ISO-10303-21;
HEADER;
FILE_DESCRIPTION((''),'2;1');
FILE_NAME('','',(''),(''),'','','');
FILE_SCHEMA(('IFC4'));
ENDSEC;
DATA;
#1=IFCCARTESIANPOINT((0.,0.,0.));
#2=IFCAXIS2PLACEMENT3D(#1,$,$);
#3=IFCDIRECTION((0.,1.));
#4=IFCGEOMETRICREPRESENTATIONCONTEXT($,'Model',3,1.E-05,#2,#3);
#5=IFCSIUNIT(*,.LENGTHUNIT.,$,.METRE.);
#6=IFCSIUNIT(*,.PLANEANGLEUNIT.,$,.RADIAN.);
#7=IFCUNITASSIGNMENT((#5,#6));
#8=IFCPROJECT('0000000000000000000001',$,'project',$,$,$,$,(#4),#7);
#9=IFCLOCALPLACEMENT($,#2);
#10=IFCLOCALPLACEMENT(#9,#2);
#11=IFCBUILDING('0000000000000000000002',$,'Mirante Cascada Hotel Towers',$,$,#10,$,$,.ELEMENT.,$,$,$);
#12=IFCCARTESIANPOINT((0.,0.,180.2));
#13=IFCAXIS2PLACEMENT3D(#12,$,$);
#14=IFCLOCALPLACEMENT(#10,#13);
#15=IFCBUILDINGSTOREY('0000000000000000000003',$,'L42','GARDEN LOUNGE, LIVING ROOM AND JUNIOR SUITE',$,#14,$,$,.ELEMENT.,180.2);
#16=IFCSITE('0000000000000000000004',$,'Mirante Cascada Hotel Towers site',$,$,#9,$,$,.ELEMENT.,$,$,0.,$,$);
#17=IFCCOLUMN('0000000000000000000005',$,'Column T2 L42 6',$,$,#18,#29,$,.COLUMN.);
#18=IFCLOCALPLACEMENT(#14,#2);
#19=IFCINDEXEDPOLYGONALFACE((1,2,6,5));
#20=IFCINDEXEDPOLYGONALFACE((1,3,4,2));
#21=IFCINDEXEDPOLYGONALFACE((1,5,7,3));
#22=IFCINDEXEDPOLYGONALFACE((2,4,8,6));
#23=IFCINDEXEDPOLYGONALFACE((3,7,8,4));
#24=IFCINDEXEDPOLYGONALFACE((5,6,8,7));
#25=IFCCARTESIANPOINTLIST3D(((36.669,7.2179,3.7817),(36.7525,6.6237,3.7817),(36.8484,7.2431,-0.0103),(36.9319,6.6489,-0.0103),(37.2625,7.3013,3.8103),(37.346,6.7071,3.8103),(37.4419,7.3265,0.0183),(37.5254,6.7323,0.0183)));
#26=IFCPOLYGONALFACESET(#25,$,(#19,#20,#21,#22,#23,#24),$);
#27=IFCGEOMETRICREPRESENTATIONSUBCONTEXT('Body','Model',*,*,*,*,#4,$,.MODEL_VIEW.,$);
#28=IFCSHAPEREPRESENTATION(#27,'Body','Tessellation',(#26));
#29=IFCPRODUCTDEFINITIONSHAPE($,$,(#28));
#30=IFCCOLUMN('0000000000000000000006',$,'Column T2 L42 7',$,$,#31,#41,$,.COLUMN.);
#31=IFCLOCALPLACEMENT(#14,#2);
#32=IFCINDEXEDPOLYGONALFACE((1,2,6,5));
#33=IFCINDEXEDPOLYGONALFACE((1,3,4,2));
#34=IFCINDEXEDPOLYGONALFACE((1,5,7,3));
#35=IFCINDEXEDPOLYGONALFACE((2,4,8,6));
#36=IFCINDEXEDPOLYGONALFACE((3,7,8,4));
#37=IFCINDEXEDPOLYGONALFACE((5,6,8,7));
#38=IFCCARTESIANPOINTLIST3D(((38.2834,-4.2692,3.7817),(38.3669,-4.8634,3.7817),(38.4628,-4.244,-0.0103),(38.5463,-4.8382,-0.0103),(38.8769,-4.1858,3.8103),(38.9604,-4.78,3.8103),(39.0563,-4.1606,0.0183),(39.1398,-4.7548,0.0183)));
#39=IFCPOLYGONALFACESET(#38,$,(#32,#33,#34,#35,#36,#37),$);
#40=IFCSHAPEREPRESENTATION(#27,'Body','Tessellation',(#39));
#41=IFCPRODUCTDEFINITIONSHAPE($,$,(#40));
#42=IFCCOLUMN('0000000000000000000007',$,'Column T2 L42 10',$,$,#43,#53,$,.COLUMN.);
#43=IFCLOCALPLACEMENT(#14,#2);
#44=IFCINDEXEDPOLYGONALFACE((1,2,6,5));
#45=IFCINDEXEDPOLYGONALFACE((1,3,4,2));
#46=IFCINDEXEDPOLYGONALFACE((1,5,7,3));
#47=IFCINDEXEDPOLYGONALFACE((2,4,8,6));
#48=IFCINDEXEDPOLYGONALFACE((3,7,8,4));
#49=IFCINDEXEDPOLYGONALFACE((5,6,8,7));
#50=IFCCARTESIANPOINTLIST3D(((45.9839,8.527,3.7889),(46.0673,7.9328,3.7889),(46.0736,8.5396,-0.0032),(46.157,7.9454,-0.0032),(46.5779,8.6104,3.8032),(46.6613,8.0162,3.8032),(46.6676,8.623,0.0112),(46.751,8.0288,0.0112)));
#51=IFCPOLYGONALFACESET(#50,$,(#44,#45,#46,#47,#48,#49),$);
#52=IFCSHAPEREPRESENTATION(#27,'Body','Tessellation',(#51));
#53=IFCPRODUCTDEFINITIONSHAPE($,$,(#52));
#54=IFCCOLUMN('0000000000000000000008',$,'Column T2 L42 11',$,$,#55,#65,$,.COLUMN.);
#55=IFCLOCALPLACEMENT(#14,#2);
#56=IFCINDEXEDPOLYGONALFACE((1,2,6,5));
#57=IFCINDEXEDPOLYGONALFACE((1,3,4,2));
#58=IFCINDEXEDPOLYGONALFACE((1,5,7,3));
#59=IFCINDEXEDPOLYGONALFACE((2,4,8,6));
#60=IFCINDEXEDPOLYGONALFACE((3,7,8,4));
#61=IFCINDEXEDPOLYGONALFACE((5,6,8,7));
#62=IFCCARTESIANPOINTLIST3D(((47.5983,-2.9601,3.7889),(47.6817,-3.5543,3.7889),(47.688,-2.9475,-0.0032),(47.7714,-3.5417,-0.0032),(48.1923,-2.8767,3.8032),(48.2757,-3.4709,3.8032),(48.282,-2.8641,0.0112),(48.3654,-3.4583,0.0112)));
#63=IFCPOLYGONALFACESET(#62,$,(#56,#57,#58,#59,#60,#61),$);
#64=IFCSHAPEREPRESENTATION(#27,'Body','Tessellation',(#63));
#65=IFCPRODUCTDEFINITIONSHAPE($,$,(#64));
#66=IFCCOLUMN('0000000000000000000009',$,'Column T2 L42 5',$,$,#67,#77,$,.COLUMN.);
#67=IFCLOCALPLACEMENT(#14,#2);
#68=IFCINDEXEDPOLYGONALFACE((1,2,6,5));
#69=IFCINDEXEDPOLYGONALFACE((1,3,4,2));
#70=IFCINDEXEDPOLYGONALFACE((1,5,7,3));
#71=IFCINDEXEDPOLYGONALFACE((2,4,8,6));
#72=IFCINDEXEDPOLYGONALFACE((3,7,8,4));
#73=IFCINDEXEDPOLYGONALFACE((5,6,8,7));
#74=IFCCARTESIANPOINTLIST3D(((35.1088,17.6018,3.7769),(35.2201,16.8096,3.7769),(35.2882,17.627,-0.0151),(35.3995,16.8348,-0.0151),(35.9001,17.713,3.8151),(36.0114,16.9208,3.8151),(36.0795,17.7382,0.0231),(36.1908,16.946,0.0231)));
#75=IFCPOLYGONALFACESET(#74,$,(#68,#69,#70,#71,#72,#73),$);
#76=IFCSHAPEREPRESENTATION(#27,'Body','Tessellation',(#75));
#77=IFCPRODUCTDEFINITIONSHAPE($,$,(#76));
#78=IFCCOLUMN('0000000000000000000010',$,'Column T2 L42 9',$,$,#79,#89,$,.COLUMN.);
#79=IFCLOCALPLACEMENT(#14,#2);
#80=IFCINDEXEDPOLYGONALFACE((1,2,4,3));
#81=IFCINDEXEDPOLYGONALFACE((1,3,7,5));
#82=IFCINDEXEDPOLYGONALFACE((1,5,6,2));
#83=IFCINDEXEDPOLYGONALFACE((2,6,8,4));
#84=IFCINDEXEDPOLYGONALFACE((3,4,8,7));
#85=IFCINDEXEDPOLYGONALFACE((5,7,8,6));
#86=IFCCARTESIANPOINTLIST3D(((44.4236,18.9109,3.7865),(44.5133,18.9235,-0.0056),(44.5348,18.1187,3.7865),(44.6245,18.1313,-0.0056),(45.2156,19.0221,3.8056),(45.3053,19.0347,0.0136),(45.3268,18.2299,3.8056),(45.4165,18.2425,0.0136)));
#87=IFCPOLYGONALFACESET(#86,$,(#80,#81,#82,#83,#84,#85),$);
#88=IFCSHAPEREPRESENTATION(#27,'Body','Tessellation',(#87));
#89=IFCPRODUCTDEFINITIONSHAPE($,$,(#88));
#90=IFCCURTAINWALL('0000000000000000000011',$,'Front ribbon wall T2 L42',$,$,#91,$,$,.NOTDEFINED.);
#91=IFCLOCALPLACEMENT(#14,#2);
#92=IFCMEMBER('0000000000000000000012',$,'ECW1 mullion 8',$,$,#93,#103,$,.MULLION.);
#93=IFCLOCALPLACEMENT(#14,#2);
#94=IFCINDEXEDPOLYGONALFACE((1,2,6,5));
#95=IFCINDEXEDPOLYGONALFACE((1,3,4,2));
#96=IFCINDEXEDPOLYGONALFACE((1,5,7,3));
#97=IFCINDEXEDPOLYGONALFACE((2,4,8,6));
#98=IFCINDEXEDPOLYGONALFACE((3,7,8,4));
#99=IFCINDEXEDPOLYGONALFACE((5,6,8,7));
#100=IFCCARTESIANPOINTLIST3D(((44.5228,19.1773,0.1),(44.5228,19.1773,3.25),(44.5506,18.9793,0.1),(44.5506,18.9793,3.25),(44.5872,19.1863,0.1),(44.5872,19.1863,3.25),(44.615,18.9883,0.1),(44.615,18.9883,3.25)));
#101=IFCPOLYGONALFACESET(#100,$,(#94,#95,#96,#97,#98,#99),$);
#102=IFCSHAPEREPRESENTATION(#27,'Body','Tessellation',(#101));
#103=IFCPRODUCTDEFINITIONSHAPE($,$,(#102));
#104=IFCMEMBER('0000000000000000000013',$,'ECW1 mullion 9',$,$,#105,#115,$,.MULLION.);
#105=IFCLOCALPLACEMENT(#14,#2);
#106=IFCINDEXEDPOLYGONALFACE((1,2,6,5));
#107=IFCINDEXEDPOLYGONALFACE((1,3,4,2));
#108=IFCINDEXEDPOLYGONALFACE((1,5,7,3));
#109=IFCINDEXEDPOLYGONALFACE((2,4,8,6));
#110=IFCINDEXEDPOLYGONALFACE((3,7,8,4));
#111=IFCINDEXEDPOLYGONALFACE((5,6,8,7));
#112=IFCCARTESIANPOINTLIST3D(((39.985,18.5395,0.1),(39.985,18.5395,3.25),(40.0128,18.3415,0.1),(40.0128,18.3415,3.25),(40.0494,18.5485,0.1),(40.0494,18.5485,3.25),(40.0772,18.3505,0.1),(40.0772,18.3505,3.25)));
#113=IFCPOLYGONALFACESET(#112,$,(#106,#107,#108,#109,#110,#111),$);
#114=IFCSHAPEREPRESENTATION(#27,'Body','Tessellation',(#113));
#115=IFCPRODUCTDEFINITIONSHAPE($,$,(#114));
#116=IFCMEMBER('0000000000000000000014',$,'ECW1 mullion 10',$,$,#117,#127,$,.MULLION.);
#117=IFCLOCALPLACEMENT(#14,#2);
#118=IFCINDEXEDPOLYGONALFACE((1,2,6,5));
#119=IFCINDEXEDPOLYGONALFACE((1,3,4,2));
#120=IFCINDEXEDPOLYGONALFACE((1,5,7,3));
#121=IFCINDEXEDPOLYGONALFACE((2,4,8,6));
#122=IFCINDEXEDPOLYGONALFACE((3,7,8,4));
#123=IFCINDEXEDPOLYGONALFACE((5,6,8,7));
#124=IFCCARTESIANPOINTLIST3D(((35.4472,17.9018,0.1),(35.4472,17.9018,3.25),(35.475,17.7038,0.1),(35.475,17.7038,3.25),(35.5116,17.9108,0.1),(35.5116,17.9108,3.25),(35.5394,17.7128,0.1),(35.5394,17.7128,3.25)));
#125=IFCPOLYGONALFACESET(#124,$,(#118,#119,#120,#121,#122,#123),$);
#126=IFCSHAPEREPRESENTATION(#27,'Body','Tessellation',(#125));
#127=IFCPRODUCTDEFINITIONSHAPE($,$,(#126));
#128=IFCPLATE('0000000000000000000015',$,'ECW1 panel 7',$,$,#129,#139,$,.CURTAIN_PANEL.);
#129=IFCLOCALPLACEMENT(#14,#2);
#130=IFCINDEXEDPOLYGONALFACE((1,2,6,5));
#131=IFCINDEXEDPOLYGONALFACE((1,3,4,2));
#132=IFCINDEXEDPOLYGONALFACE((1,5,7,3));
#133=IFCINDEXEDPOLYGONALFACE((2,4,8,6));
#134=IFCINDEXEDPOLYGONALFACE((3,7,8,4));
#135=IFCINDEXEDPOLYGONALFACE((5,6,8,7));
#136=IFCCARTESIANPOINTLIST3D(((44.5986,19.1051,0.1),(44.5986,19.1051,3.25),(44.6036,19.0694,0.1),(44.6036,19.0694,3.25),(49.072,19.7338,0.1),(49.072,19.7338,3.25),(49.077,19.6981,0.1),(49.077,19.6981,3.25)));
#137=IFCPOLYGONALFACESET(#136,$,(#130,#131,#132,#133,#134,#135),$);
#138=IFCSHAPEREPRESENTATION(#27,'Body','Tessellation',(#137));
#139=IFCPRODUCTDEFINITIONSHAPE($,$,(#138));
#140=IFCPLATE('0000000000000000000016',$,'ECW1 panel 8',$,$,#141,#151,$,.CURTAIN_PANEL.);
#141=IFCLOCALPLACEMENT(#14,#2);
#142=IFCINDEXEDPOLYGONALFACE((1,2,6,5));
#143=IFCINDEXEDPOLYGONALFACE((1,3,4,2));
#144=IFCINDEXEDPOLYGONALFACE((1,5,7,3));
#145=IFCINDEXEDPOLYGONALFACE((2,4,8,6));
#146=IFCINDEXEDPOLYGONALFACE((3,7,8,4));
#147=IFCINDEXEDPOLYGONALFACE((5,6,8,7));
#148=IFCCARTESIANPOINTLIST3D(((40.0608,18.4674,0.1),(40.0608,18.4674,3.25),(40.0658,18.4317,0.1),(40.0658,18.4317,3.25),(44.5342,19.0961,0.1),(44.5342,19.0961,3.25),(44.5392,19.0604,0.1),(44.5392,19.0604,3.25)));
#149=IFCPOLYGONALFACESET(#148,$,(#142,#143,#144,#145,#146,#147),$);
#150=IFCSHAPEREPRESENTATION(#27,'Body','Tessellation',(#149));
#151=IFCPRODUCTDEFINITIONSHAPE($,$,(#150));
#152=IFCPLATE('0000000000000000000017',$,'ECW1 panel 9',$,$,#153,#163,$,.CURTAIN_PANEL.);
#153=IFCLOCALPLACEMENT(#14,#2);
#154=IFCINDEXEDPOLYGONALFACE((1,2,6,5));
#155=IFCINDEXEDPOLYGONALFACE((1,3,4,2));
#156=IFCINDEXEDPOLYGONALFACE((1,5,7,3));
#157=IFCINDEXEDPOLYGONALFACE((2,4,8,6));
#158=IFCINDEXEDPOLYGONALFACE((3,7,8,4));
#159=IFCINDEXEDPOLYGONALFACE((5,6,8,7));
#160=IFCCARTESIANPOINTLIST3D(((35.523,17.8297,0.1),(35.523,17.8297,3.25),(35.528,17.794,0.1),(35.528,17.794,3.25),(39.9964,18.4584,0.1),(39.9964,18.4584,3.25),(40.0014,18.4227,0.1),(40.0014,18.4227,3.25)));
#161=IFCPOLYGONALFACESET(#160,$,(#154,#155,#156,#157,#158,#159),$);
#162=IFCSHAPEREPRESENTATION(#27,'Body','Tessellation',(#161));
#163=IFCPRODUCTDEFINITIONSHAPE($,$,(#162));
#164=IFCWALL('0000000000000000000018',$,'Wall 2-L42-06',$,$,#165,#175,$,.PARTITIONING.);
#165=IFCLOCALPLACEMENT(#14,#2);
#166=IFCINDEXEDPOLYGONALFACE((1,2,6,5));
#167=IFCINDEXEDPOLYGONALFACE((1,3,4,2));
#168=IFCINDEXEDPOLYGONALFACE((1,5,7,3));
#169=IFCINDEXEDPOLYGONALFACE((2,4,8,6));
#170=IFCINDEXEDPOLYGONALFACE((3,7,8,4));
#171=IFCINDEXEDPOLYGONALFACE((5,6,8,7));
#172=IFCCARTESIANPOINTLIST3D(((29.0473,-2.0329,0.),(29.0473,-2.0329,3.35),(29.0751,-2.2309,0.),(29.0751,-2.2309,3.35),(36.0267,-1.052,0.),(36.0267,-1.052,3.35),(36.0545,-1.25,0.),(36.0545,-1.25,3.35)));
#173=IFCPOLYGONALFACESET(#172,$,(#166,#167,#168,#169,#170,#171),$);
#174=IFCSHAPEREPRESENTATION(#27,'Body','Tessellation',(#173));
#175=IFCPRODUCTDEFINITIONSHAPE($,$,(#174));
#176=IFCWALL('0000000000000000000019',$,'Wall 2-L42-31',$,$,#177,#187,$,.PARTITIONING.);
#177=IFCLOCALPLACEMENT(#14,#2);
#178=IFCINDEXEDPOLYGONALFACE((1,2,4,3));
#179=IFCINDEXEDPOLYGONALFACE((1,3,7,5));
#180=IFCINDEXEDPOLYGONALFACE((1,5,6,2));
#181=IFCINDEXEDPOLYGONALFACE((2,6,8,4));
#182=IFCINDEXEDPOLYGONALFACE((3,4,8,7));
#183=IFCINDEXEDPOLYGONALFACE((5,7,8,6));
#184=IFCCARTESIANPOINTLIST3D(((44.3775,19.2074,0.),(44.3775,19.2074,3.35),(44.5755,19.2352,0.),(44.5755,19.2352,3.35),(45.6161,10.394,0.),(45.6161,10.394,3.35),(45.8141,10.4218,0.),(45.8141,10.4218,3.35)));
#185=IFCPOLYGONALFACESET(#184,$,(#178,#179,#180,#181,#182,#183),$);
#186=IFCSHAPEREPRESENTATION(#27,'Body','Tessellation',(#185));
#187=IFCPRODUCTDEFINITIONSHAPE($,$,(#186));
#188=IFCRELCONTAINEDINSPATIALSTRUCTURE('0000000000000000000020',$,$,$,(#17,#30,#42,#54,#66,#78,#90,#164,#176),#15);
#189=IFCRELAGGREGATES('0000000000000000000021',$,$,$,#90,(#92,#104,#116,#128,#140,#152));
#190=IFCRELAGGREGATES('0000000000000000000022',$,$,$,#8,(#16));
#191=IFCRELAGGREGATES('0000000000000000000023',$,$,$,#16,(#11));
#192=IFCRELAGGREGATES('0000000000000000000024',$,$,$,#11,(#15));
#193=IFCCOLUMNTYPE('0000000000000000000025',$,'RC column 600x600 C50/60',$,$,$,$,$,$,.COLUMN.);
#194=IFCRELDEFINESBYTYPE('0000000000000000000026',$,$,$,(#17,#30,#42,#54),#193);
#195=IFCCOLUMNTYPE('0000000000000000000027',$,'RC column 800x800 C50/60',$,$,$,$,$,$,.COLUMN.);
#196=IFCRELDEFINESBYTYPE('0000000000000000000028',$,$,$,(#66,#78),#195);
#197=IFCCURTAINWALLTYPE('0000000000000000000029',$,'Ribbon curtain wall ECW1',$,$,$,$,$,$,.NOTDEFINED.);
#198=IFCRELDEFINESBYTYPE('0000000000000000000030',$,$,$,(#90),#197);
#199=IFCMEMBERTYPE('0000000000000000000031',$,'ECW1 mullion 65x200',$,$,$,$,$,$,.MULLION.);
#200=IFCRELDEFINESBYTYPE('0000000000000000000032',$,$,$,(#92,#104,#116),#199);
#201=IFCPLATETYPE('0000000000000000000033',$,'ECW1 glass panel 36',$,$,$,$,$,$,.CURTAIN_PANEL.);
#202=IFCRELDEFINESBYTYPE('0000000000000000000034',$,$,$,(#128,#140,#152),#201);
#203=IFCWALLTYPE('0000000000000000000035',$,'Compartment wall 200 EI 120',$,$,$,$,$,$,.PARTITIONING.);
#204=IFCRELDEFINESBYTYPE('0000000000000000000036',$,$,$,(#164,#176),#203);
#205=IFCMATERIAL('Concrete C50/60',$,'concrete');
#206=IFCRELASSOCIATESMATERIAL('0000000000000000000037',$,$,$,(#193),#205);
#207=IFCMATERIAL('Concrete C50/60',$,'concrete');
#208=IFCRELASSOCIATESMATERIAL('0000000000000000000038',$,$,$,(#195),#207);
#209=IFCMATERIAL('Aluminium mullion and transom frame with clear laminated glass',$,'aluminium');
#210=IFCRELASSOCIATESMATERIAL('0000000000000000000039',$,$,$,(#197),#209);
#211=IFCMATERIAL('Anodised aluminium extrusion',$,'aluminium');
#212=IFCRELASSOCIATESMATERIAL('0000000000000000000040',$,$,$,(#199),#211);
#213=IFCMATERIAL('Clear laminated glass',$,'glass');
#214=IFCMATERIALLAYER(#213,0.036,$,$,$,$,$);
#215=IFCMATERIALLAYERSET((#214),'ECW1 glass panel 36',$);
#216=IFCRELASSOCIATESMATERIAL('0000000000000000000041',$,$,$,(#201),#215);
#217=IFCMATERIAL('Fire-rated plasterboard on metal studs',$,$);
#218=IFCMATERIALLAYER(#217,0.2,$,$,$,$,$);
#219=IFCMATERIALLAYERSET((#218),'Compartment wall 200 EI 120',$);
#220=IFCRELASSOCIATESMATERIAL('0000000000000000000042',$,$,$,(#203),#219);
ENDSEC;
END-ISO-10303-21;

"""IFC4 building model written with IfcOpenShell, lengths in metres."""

from ifc_helpers import new_model, si_unit, direction, frame, frame_2d, origin, origin_2d, place, context, subcontext, project, spatial, rectangle, extrude, material, layer, layer_set, material_profile, profile_set, type_object, element, aggregate, save


model = new_model("IFC4")

# Units and contexts
model_context = context("Model", 3, precision=1e-05, world=origin(), true_north=direction((0.0, 1.0)))
body_context = subcontext(model_context, "Body", "Model", "MODEL_VIEW")
ifc_project = project(units=[si_unit("LENGTHUNIT", "METRE"), si_unit("PLANEANGLEUNIT", "RADIAN")], contexts=[model_context])

# Site, building, storey
site_placement = place(None, origin())
site = spatial("IfcSite", under=ifc_project, at=site_placement, Name="Mirante Cascada Hotel Towers site", CompositionType="ELEMENT", RefElevation=0.0)
building_placement = place(site_placement, origin())
building = spatial("IfcBuilding", under=site, at=building_placement, Name="Mirante Cascada Hotel Towers", CompositionType="ELEMENT")
storey_placement = place(building_placement, frame((0.0, 0.0, 180.2)))
storey = spatial("IfcBuildingStorey", under=building, at=storey_placement, Name="L42", Description="GARDEN LOUNGE, LIVING ROOM AND JUNIOR SUITE", CompositionType="ELEMENT", Elevation=180.2)

# Columns
ifc_material_1 = material(Name="Concrete C50/60", Category="concrete")
ifc_material_profile_1 = material_profile(ifc_material_1, rectangle(XDim=0.6, YDim=0.6, at=origin_2d()), Name="RC column 600x600 C50/60")
ifc_profile_set_1 = profile_set([ifc_material_profile_1], Name="Concrete C50/60")
column_type_1 = type_object("IfcColumnType", Name="RC column 600x600 C50/60", PredefinedType="COLUMN", material=ifc_profile_set_1)
for number, where, z_axis, x_axis, name in (
    (1, (37.1869, 6.9877, 0.004), (-0.047256, -0.006638, 0.998861), (0.139103, -0.990278, 0.0), "Column T2 L42 6"),
    (2, (38.8013, -4.4994, 0.004), (-0.047256, -0.006638, 0.998861), (0.139103, -0.990278, 0.0), "Column T2 L42 7"),
):
    element("IfcColumn", number, at=place(storey_placement, frame(where, z_axis=z_axis, x_axis=x_axis)), inside=storey, type_object=column_type_1, Name=name, PredefinedType="COLUMN", context=body_context, shape_type="SweptSolid", body=[
        extrude(rectangle(XDim=0.6, YDim=0.6, at=origin_2d()), origin(), (0.0, 0.0, 1.0), 3.7963),
    ])
for number, where, z_axis, x_axis, name in (
    (3, (46.4123, 8.2842, 0.004), (-0.023648, -0.003322, 0.999715), (0.139103, -0.990278, 0.0), "Column T2 L42 10"),
    (4, (48.0267, -3.2029, 0.004), (-0.023648, -0.003322, 0.999715), (0.139103, -0.990278, 0.0), "Column T2 L42 11"),
):
    element("IfcColumn", number, at=place(storey_placement, frame(where, z_axis=z_axis, x_axis=x_axis)), inside=storey, type_object=column_type_1, Name=name, PredefinedType="COLUMN", context=body_context, shape_type="SweptSolid", body=[
        extrude(rectangle(XDim=0.6, YDim=0.6, at=origin_2d()), origin(), (0.0, 0.0, 1.0), 3.7931),
    ])
ifc_material_2 = material(Name="Concrete C50/60", Category="concrete")
ifc_material_profile_2 = material_profile(ifc_material_2, rectangle(XDim=0.8, YDim=0.8, at=origin_2d()), Name="RC column 800x800 C50/60")
ifc_profile_set_2 = profile_set([ifc_material_profile_2], Name="Concrete C50/60")
column_type_2 = type_object("IfcColumnType", Name="RC column 800x800 C50/60", PredefinedType="COLUMN", material=ifc_profile_set_2)
column_1_placement = place(storey_placement, frame((35.7395, 17.2865, 0.004), z_axis=(-0.047256, -0.006638, 0.998861), x_axis=(0.139103, -0.990278, 0.0)))
element("IfcColumn", 5, at=column_1_placement, inside=storey, type_object=column_type_2, Name="Column T2 L42 5", PredefinedType="COLUMN", context=body_context, shape_type="SweptSolid", body=[
    extrude(rectangle(XDim=0.8, YDim=0.8, at=origin_2d()), origin(), (0.0, 0.0, 1.0), 3.7963),
])
column_2_placement = place(storey_placement, frame((44.9649, 18.583, 0.004), z_axis=(-0.023648, -0.003322, 0.999715), x_axis=(0.139103, -0.990278, 0.0)))
element("IfcColumn", 6, at=column_2_placement, inside=storey, type_object=column_type_2, Name="Column T2 L42 9", PredefinedType="COLUMN", context=body_context, shape_type="SweptSolid", body=[
    extrude(rectangle(XDim=0.8, YDim=0.8, at=origin_2d()), origin(), (0.0, 0.0, 1.0), 3.7931),
])

# Curtain wall, members, plates
ifc_material_3 = material(Name="Aluminium mullion and transom frame with clear laminated glass", Category="aluminium")
curtain_wall_type = type_object("IfcCurtainWallType", Name="Ribbon curtain wall ECW1", PredefinedType="NOTDEFINED", material=ifc_material_3)
curtain_wall_placement = place(storey_placement, origin())
curtain_wall = element("IfcCurtainWall", 7, at=curtain_wall_placement, inside=storey, type_object=curtain_wall_type, Name="Front ribbon wall T2 L42", PredefinedType="NOTDEFINED")
ifc_material_4 = material(Name="Anodised aluminium extrusion", Category="aluminium")
ifc_material_profile_3 = material_profile(ifc_material_4, rectangle(XDim=0.2, YDim=0.065, at=origin_2d()), Name="ECW1 MULLION 65x200")
ifc_profile_set_3 = profile_set([ifc_material_profile_3], Name="Anodised aluminium extrusion")
member_type = type_object("IfcMemberType", Name="ECW1 mullion 65x200", PredefinedType="MULLION", material=ifc_profile_set_3)
member_1_placement = place(storey_placement, frame((44.5689, 19.0828, 0.1), z_axis=(0.0, 0.0, 1.0), x_axis=(0.139173, -0.990268, 0.0)))
member_1 = element("IfcMember", 8, at=member_1_placement, type_object=member_type, Name="ECW1 mullion 8", PredefinedType="MULLION", context=body_context, shape_type="SweptSolid", body=[
    extrude(rectangle(XDim=0.2, YDim=0.065, at=origin_2d()), origin(), (0.0, 0.0, 1.0), 3.15),
])
member_2_placement = place(storey_placement, frame((40.0311, 18.445, 0.1), z_axis=(0.0, 0.0, 1.0), x_axis=(0.139173, -0.990268, 0.0)))
member_2 = element("IfcMember", 9, at=member_2_placement, type_object=member_type, Name="ECW1 mullion 9", PredefinedType="MULLION", context=body_context, shape_type="SweptSolid", body=[
    extrude(rectangle(XDim=0.2, YDim=0.065, at=origin_2d()), origin(), (0.0, 0.0, 1.0), 3.15),
])
member_3_placement = place(storey_placement, frame((35.4933, 17.8073, 0.1), z_axis=(0.0, 0.0, 1.0), x_axis=(0.139173, -0.990268, 0.0)))
member_3 = element("IfcMember", 10, at=member_3_placement, type_object=member_type, Name="ECW1 mullion 10", PredefinedType="MULLION", context=body_context, shape_type="SweptSolid", body=[
    extrude(rectangle(XDim=0.2, YDim=0.065, at=origin_2d()), origin(), (0.0, 0.0, 1.0), 3.15),
])
ifc_material_5 = material(Name="Clear laminated glass", Category="glass")
ifc_layer_1 = layer(ifc_material_5, 0.036)
ifc_layer_set_1 = layer_set([ifc_layer_1], Name="ECW1 glass panel 36")
plate_type = type_object("IfcPlateType", Name="ECW1 glass panel 36", PredefinedType="CURTAIN_PANEL", material=ifc_layer_set_1)
plate_1_placement = place(storey_placement, frame((46.8378, 19.4016, 0.1), z_axis=(0.0, 0.0, 1.0), x_axis=(-0.990268, -0.139173, 0.0)))
plate_1 = element("IfcPlate", 11, at=plate_1_placement, type_object=plate_type, Name="ECW1 panel 7", PredefinedType="CURTAIN_PANEL", context=body_context, shape_type="SweptSolid", body=[
    extrude(rectangle(XDim=4.5174, YDim=0.036, at=origin_2d()), origin(), (0.0, 0.0, 1.0), 3.15),
])
plate_2_placement = place(storey_placement, frame((42.3, 18.7639, 0.1), z_axis=(0.0, 0.0, 1.0), x_axis=(-0.990268, -0.139173, 0.0)))
plate_2 = element("IfcPlate", 12, at=plate_2_placement, type_object=plate_type, Name="ECW1 panel 8", PredefinedType="CURTAIN_PANEL", context=body_context, shape_type="SweptSolid", body=[
    extrude(rectangle(XDim=4.5174, YDim=0.036, at=origin_2d()), origin(), (0.0, 0.0, 1.0), 3.15),
])
plate_3_placement = place(storey_placement, frame((37.7622, 18.1262, 0.1), z_axis=(0.0, 0.0, 1.0), x_axis=(-0.990268, -0.139173, 0.0)))
plate_3 = element("IfcPlate", 13, at=plate_3_placement, type_object=plate_type, Name="ECW1 panel 9", PredefinedType="CURTAIN_PANEL", context=body_context, shape_type="SweptSolid", body=[
    extrude(rectangle(XDim=4.5174, YDim=0.036, at=origin_2d()), origin(), (0.0, 0.0, 1.0), 3.15),
])
aggregate(curtain_wall, [member_1, member_2, member_3, plate_1, plate_2, plate_3])

# Walls
ifc_material_6 = material(Name="Fire-rated plasterboard on metal studs")
ifc_layer_2 = layer(ifc_material_6, 0.2)
ifc_layer_set_2 = layer_set([ifc_layer_2], Name="Compartment wall 200 EI 120")
wall_type_1 = type_object("IfcWallType", Name="Compartment wall 200 EI 120", PredefinedType="PARTITIONING", material=ifc_layer_set_2)
wall_1_placement = place(storey_placement, frame((36.0406, -1.151, 0.0), z_axis=(0.0, 0.0, 1.0), x_axis=(-0.990268, -0.139174, 0.0)))
element("IfcWall", 14, at=wall_1_placement, inside=storey, type_object=wall_type_1, Name="Wall 2-L42-06", PredefinedType="PARTITIONING", context=body_context, shape_type="SweptSolid", body=[
    extrude(rectangle(XDim=7.048, YDim=0.2, at=frame_2d((3.524, 0.0))), origin(), (0.0, 0.0, 1.0), 3.35),
])
wall_2_placement = place(storey_placement, frame((45.7151, 10.4079, 0.0), z_axis=(0.0, 0.0, 1.0), x_axis=(-0.139168, 0.990269, 0.0)))
element("IfcWall", 15, at=wall_2_placement, inside=storey, type_object=wall_type_1, Name="Wall 2-L42-31", PredefinedType="PARTITIONING", context=body_context, shape_type="SweptSolid", body=[
    extrude(rectangle(XDim=8.9, YDim=0.2, at=frame_2d((4.45, 0.0))), origin(), (0.0, 0.0, 1.0), 3.35),
])

save(model, "model.ifc")
